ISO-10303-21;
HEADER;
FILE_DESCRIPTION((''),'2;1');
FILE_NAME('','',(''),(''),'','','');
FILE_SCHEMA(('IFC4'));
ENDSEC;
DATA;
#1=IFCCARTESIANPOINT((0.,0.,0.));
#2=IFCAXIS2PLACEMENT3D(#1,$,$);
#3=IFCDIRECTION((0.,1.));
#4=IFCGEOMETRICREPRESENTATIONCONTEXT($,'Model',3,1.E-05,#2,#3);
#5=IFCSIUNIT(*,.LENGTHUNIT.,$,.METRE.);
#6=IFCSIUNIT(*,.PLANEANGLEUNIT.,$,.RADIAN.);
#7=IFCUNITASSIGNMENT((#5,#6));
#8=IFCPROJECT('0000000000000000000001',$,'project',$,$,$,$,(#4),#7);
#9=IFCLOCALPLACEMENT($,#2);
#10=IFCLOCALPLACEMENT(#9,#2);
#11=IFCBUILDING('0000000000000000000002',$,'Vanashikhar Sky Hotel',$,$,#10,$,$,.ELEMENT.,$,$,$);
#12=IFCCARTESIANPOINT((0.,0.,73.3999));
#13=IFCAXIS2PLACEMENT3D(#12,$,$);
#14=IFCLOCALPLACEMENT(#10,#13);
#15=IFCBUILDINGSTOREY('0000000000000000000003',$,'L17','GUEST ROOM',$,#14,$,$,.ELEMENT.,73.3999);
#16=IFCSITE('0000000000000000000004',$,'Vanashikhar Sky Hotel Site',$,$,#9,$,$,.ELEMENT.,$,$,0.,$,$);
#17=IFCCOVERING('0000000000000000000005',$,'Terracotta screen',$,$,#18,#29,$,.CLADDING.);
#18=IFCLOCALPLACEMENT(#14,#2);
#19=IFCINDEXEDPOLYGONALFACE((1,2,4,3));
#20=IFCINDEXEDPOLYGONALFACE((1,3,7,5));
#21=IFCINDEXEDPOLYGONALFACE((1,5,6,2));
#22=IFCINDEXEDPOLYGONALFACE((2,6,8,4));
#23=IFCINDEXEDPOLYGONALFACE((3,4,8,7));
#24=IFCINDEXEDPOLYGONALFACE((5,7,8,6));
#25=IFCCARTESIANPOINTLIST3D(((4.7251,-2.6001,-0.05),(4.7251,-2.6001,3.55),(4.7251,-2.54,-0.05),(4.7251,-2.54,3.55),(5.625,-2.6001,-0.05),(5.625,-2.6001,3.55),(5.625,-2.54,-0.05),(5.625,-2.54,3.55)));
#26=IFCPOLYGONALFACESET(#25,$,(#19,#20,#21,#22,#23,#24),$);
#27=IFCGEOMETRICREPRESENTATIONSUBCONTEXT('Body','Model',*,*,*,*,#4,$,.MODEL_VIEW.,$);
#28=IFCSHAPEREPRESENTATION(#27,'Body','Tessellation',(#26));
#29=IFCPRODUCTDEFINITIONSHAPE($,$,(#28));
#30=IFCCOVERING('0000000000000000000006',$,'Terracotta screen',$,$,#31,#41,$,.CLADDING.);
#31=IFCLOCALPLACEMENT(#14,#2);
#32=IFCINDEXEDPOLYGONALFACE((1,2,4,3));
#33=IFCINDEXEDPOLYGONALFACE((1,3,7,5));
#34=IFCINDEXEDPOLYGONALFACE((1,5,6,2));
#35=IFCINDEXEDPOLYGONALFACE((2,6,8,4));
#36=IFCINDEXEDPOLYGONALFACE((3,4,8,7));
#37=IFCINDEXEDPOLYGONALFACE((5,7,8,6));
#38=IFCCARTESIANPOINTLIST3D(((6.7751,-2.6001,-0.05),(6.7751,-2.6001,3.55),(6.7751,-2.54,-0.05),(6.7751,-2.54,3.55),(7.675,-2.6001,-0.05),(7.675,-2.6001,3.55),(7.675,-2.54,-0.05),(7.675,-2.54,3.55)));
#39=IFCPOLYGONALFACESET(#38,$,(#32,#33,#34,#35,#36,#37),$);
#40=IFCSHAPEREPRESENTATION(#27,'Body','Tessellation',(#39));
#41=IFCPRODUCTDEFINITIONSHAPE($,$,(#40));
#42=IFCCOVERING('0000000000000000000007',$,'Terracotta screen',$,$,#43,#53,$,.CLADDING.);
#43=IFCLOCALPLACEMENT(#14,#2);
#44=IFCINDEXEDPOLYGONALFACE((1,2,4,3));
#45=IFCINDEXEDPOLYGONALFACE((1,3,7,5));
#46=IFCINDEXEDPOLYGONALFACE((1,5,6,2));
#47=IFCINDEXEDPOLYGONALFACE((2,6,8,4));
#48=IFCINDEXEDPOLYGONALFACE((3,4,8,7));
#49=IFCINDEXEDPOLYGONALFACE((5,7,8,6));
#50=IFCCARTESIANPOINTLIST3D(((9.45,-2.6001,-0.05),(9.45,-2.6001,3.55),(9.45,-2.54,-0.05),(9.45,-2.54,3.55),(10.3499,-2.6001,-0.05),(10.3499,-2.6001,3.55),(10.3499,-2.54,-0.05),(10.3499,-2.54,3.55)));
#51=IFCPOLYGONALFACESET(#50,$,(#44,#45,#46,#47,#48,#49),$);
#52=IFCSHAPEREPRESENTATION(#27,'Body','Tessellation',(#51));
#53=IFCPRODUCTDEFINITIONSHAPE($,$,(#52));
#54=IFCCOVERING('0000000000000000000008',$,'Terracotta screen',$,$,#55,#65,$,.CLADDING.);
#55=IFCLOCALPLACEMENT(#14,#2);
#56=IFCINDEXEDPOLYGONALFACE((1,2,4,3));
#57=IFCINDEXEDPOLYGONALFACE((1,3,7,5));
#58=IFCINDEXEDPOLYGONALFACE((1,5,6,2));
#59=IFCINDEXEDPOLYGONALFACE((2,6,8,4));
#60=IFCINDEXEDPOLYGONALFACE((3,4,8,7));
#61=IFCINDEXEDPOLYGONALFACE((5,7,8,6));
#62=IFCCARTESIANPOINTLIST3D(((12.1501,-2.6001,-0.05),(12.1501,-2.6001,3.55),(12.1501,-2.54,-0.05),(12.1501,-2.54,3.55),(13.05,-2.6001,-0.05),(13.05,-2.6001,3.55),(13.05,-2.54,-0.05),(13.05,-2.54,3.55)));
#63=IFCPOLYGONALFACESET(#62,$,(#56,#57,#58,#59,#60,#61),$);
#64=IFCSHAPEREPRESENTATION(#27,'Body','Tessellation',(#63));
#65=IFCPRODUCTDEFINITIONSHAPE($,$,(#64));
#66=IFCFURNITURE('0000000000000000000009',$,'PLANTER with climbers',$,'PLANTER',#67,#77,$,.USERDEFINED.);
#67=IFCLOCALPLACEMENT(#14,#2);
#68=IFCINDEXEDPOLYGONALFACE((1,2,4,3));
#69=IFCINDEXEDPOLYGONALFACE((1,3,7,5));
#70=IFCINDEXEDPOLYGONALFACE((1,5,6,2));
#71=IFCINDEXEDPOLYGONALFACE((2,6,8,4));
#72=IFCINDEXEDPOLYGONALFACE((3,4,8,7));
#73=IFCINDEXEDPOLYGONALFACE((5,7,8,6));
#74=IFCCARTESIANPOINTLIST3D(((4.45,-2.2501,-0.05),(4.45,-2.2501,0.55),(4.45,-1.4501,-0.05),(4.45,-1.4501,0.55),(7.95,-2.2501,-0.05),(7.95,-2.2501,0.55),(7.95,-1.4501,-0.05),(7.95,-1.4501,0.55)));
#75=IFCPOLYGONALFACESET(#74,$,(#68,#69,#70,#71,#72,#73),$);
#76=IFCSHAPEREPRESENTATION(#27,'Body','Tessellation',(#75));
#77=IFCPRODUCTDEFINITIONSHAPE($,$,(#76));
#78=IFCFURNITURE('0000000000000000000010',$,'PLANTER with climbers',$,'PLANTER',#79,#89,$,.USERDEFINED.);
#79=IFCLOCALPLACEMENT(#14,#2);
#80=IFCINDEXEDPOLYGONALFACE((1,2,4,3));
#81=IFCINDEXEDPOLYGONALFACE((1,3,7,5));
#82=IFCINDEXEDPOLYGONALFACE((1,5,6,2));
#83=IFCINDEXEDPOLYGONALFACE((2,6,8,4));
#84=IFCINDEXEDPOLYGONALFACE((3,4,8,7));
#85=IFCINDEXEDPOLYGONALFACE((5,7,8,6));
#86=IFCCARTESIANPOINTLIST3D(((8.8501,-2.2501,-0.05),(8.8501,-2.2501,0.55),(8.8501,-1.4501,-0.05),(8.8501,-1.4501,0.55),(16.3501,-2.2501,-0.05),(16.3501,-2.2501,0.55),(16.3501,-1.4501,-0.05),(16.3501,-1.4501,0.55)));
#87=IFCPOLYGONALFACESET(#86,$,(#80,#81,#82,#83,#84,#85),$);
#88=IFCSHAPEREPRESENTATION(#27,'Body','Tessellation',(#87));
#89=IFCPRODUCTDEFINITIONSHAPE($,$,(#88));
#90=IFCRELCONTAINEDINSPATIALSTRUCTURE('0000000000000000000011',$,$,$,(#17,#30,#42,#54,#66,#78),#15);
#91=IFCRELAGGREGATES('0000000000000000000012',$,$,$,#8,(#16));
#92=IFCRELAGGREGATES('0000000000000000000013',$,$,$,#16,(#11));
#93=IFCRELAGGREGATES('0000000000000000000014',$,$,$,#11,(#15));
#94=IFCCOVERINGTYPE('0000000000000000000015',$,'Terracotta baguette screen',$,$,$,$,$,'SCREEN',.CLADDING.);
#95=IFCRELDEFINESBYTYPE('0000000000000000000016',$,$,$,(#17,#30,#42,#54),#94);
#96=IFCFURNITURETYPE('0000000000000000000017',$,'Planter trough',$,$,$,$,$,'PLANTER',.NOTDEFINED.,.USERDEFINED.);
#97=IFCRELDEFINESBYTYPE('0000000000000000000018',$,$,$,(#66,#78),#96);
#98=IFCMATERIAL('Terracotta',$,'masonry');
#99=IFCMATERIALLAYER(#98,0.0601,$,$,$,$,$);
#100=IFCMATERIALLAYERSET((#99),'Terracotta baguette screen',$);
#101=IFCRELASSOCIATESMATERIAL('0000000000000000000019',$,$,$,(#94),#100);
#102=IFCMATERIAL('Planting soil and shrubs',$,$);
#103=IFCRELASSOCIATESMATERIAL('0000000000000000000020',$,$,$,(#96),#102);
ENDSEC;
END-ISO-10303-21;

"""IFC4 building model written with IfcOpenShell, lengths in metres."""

from ifc_helpers import new_model, si_unit, direction, frame, origin, origin_2d, place, context, subcontext, project, spatial, rectangle, extrude, source, transform, mapped, material, layer, layer_set, type_object, element, save


model = new_model("IFC4")

# Units and contexts
model_context = context("Model", 3, precision=1e-05, world=origin(), true_north=direction((0.0, 1.0)))
body_context = subcontext(model_context, "Body", "Model", "MODEL_VIEW")
ifc_project = project(units=[si_unit("LENGTHUNIT", "METRE"), si_unit("PLANEANGLEUNIT", "RADIAN")], contexts=[model_context])

# Site, building, storey
site_placement = place(None, origin())
site = spatial("IfcSite", under=ifc_project, at=site_placement, Name="Vanashikhar Sky Hotel Site", CompositionType="ELEMENT", RefElevation=0.0)
building_placement = place(site_placement, origin())
building = spatial("IfcBuilding", under=site, at=building_placement, Name="Vanashikhar Sky Hotel", CompositionType="ELEMENT")
storey_placement = place(building_placement, frame((0.0, 0.0, 73.3999)))
storey = spatial("IfcBuildingStorey", under=building, at=storey_placement, Name="L17", Description="GUEST ROOM", CompositionType="ELEMENT", Elevation=73.3999)

# Coverings
ifc_material_1 = material(Name="Terracotta", Category="masonry")
ifc_layer_1 = layer(ifc_material_1, 0.0601)
ifc_layer_set_1 = layer_set([ifc_layer_1], Name="Terracotta baguette screen")
covering_type = type_object("IfcCoveringType", Name="Terracotta baguette screen", ElementType="SCREEN", PredefinedType="CLADDING", material=ifc_layer_set_1)
shared_shape_1 = source(origin(), body_context, "Body", "SweptSolid", [
    extrude(rectangle(XDim=0.8999, YDim=0.0601, at=origin_2d()), origin(), (0.0, 0.0, 1.0), 3.6001),
])
for number, where, z_axis, x_axis, name in (
    (1, (5.175, -2.5701, -0.05), (0.0, 0.0, 1.0), (1.0, 0.0, 0.0), "Terracotta screen"),
    (2, (7.2251, -2.5701, -0.05), (0.0, 0.0, 1.0), (1.0, 0.0, 0.0), "Terracotta screen"),
    (3, (9.8999, -2.5701, -0.05), (0.0, 0.0, 1.0), (1.0, 0.0, 0.0), "Terracotta screen"),
    (4, (12.6001, -2.5701, -0.05), (0.0, 0.0, 1.0), (1.0, 0.0, 0.0), "Terracotta screen"),
):
    element("IfcCovering", number, at=place(storey_placement, frame(where, z_axis=z_axis, x_axis=x_axis)), inside=storey, type_object=covering_type, Name=name, PredefinedType="CLADDING", context=body_context, shape_type="MappedRepresentation", body=[
        mapped(shared_shape_1, transform((0.0, 0.0, 0.0), scale=1.0)),
    ])

# Furniture
ifc_material_2 = material(Name="Planting soil and shrubs")
furniture_type = type_object("IfcFurnitureType", Name="Planter trough", ElementType="PLANTER", AssemblyPlace="NOTDEFINED", PredefinedType="USERDEFINED", material=ifc_material_2)
shared_shape_2 = source(origin(), body_context, "Body", "SweptSolid", [
    extrude(rectangle(XDim=3.5, YDim=0.8, at=origin_2d()), origin(), (0.0, 0.0, 1.0), 0.6001),
])
furniture_1_placement = place(storey_placement, frame((6.2, -1.8501, -0.05), z_axis=(0.0, 0.0, 1.0), x_axis=(1.0, 0.0, 0.0)))
element("IfcFurniture", 5, at=furniture_1_placement, inside=storey, type_object=furniture_type, Name="PLANTER with climbers", ObjectType="PLANTER", PredefinedType="USERDEFINED", context=body_context, shape_type="MappedRepresentation", body=[
    mapped(shared_shape_2, transform((0.0, 0.0, 0.0), scale=1.0)),
])
shared_shape_3 = source(origin(), body_context, "Body", "SweptSolid", [
    extrude(rectangle(XDim=7.5, YDim=0.8, at=origin_2d()), origin(), (0.0, 0.0, 1.0), 0.6001),
])
furniture_2_placement = place(storey_placement, frame((12.6001, -1.8501, -0.05), z_axis=(0.0, 0.0, 1.0), x_axis=(1.0, 0.0, 0.0)))
element("IfcFurniture", 6, at=furniture_2_placement, inside=storey, type_object=furniture_type, Name="PLANTER with climbers", ObjectType="PLANTER", PredefinedType="USERDEFINED", context=body_context, shape_type="MappedRepresentation", body=[
    mapped(shared_shape_3, transform((0.0, 0.0, 0.0), scale=1.0)),
])

save(model, "model.ifc")
